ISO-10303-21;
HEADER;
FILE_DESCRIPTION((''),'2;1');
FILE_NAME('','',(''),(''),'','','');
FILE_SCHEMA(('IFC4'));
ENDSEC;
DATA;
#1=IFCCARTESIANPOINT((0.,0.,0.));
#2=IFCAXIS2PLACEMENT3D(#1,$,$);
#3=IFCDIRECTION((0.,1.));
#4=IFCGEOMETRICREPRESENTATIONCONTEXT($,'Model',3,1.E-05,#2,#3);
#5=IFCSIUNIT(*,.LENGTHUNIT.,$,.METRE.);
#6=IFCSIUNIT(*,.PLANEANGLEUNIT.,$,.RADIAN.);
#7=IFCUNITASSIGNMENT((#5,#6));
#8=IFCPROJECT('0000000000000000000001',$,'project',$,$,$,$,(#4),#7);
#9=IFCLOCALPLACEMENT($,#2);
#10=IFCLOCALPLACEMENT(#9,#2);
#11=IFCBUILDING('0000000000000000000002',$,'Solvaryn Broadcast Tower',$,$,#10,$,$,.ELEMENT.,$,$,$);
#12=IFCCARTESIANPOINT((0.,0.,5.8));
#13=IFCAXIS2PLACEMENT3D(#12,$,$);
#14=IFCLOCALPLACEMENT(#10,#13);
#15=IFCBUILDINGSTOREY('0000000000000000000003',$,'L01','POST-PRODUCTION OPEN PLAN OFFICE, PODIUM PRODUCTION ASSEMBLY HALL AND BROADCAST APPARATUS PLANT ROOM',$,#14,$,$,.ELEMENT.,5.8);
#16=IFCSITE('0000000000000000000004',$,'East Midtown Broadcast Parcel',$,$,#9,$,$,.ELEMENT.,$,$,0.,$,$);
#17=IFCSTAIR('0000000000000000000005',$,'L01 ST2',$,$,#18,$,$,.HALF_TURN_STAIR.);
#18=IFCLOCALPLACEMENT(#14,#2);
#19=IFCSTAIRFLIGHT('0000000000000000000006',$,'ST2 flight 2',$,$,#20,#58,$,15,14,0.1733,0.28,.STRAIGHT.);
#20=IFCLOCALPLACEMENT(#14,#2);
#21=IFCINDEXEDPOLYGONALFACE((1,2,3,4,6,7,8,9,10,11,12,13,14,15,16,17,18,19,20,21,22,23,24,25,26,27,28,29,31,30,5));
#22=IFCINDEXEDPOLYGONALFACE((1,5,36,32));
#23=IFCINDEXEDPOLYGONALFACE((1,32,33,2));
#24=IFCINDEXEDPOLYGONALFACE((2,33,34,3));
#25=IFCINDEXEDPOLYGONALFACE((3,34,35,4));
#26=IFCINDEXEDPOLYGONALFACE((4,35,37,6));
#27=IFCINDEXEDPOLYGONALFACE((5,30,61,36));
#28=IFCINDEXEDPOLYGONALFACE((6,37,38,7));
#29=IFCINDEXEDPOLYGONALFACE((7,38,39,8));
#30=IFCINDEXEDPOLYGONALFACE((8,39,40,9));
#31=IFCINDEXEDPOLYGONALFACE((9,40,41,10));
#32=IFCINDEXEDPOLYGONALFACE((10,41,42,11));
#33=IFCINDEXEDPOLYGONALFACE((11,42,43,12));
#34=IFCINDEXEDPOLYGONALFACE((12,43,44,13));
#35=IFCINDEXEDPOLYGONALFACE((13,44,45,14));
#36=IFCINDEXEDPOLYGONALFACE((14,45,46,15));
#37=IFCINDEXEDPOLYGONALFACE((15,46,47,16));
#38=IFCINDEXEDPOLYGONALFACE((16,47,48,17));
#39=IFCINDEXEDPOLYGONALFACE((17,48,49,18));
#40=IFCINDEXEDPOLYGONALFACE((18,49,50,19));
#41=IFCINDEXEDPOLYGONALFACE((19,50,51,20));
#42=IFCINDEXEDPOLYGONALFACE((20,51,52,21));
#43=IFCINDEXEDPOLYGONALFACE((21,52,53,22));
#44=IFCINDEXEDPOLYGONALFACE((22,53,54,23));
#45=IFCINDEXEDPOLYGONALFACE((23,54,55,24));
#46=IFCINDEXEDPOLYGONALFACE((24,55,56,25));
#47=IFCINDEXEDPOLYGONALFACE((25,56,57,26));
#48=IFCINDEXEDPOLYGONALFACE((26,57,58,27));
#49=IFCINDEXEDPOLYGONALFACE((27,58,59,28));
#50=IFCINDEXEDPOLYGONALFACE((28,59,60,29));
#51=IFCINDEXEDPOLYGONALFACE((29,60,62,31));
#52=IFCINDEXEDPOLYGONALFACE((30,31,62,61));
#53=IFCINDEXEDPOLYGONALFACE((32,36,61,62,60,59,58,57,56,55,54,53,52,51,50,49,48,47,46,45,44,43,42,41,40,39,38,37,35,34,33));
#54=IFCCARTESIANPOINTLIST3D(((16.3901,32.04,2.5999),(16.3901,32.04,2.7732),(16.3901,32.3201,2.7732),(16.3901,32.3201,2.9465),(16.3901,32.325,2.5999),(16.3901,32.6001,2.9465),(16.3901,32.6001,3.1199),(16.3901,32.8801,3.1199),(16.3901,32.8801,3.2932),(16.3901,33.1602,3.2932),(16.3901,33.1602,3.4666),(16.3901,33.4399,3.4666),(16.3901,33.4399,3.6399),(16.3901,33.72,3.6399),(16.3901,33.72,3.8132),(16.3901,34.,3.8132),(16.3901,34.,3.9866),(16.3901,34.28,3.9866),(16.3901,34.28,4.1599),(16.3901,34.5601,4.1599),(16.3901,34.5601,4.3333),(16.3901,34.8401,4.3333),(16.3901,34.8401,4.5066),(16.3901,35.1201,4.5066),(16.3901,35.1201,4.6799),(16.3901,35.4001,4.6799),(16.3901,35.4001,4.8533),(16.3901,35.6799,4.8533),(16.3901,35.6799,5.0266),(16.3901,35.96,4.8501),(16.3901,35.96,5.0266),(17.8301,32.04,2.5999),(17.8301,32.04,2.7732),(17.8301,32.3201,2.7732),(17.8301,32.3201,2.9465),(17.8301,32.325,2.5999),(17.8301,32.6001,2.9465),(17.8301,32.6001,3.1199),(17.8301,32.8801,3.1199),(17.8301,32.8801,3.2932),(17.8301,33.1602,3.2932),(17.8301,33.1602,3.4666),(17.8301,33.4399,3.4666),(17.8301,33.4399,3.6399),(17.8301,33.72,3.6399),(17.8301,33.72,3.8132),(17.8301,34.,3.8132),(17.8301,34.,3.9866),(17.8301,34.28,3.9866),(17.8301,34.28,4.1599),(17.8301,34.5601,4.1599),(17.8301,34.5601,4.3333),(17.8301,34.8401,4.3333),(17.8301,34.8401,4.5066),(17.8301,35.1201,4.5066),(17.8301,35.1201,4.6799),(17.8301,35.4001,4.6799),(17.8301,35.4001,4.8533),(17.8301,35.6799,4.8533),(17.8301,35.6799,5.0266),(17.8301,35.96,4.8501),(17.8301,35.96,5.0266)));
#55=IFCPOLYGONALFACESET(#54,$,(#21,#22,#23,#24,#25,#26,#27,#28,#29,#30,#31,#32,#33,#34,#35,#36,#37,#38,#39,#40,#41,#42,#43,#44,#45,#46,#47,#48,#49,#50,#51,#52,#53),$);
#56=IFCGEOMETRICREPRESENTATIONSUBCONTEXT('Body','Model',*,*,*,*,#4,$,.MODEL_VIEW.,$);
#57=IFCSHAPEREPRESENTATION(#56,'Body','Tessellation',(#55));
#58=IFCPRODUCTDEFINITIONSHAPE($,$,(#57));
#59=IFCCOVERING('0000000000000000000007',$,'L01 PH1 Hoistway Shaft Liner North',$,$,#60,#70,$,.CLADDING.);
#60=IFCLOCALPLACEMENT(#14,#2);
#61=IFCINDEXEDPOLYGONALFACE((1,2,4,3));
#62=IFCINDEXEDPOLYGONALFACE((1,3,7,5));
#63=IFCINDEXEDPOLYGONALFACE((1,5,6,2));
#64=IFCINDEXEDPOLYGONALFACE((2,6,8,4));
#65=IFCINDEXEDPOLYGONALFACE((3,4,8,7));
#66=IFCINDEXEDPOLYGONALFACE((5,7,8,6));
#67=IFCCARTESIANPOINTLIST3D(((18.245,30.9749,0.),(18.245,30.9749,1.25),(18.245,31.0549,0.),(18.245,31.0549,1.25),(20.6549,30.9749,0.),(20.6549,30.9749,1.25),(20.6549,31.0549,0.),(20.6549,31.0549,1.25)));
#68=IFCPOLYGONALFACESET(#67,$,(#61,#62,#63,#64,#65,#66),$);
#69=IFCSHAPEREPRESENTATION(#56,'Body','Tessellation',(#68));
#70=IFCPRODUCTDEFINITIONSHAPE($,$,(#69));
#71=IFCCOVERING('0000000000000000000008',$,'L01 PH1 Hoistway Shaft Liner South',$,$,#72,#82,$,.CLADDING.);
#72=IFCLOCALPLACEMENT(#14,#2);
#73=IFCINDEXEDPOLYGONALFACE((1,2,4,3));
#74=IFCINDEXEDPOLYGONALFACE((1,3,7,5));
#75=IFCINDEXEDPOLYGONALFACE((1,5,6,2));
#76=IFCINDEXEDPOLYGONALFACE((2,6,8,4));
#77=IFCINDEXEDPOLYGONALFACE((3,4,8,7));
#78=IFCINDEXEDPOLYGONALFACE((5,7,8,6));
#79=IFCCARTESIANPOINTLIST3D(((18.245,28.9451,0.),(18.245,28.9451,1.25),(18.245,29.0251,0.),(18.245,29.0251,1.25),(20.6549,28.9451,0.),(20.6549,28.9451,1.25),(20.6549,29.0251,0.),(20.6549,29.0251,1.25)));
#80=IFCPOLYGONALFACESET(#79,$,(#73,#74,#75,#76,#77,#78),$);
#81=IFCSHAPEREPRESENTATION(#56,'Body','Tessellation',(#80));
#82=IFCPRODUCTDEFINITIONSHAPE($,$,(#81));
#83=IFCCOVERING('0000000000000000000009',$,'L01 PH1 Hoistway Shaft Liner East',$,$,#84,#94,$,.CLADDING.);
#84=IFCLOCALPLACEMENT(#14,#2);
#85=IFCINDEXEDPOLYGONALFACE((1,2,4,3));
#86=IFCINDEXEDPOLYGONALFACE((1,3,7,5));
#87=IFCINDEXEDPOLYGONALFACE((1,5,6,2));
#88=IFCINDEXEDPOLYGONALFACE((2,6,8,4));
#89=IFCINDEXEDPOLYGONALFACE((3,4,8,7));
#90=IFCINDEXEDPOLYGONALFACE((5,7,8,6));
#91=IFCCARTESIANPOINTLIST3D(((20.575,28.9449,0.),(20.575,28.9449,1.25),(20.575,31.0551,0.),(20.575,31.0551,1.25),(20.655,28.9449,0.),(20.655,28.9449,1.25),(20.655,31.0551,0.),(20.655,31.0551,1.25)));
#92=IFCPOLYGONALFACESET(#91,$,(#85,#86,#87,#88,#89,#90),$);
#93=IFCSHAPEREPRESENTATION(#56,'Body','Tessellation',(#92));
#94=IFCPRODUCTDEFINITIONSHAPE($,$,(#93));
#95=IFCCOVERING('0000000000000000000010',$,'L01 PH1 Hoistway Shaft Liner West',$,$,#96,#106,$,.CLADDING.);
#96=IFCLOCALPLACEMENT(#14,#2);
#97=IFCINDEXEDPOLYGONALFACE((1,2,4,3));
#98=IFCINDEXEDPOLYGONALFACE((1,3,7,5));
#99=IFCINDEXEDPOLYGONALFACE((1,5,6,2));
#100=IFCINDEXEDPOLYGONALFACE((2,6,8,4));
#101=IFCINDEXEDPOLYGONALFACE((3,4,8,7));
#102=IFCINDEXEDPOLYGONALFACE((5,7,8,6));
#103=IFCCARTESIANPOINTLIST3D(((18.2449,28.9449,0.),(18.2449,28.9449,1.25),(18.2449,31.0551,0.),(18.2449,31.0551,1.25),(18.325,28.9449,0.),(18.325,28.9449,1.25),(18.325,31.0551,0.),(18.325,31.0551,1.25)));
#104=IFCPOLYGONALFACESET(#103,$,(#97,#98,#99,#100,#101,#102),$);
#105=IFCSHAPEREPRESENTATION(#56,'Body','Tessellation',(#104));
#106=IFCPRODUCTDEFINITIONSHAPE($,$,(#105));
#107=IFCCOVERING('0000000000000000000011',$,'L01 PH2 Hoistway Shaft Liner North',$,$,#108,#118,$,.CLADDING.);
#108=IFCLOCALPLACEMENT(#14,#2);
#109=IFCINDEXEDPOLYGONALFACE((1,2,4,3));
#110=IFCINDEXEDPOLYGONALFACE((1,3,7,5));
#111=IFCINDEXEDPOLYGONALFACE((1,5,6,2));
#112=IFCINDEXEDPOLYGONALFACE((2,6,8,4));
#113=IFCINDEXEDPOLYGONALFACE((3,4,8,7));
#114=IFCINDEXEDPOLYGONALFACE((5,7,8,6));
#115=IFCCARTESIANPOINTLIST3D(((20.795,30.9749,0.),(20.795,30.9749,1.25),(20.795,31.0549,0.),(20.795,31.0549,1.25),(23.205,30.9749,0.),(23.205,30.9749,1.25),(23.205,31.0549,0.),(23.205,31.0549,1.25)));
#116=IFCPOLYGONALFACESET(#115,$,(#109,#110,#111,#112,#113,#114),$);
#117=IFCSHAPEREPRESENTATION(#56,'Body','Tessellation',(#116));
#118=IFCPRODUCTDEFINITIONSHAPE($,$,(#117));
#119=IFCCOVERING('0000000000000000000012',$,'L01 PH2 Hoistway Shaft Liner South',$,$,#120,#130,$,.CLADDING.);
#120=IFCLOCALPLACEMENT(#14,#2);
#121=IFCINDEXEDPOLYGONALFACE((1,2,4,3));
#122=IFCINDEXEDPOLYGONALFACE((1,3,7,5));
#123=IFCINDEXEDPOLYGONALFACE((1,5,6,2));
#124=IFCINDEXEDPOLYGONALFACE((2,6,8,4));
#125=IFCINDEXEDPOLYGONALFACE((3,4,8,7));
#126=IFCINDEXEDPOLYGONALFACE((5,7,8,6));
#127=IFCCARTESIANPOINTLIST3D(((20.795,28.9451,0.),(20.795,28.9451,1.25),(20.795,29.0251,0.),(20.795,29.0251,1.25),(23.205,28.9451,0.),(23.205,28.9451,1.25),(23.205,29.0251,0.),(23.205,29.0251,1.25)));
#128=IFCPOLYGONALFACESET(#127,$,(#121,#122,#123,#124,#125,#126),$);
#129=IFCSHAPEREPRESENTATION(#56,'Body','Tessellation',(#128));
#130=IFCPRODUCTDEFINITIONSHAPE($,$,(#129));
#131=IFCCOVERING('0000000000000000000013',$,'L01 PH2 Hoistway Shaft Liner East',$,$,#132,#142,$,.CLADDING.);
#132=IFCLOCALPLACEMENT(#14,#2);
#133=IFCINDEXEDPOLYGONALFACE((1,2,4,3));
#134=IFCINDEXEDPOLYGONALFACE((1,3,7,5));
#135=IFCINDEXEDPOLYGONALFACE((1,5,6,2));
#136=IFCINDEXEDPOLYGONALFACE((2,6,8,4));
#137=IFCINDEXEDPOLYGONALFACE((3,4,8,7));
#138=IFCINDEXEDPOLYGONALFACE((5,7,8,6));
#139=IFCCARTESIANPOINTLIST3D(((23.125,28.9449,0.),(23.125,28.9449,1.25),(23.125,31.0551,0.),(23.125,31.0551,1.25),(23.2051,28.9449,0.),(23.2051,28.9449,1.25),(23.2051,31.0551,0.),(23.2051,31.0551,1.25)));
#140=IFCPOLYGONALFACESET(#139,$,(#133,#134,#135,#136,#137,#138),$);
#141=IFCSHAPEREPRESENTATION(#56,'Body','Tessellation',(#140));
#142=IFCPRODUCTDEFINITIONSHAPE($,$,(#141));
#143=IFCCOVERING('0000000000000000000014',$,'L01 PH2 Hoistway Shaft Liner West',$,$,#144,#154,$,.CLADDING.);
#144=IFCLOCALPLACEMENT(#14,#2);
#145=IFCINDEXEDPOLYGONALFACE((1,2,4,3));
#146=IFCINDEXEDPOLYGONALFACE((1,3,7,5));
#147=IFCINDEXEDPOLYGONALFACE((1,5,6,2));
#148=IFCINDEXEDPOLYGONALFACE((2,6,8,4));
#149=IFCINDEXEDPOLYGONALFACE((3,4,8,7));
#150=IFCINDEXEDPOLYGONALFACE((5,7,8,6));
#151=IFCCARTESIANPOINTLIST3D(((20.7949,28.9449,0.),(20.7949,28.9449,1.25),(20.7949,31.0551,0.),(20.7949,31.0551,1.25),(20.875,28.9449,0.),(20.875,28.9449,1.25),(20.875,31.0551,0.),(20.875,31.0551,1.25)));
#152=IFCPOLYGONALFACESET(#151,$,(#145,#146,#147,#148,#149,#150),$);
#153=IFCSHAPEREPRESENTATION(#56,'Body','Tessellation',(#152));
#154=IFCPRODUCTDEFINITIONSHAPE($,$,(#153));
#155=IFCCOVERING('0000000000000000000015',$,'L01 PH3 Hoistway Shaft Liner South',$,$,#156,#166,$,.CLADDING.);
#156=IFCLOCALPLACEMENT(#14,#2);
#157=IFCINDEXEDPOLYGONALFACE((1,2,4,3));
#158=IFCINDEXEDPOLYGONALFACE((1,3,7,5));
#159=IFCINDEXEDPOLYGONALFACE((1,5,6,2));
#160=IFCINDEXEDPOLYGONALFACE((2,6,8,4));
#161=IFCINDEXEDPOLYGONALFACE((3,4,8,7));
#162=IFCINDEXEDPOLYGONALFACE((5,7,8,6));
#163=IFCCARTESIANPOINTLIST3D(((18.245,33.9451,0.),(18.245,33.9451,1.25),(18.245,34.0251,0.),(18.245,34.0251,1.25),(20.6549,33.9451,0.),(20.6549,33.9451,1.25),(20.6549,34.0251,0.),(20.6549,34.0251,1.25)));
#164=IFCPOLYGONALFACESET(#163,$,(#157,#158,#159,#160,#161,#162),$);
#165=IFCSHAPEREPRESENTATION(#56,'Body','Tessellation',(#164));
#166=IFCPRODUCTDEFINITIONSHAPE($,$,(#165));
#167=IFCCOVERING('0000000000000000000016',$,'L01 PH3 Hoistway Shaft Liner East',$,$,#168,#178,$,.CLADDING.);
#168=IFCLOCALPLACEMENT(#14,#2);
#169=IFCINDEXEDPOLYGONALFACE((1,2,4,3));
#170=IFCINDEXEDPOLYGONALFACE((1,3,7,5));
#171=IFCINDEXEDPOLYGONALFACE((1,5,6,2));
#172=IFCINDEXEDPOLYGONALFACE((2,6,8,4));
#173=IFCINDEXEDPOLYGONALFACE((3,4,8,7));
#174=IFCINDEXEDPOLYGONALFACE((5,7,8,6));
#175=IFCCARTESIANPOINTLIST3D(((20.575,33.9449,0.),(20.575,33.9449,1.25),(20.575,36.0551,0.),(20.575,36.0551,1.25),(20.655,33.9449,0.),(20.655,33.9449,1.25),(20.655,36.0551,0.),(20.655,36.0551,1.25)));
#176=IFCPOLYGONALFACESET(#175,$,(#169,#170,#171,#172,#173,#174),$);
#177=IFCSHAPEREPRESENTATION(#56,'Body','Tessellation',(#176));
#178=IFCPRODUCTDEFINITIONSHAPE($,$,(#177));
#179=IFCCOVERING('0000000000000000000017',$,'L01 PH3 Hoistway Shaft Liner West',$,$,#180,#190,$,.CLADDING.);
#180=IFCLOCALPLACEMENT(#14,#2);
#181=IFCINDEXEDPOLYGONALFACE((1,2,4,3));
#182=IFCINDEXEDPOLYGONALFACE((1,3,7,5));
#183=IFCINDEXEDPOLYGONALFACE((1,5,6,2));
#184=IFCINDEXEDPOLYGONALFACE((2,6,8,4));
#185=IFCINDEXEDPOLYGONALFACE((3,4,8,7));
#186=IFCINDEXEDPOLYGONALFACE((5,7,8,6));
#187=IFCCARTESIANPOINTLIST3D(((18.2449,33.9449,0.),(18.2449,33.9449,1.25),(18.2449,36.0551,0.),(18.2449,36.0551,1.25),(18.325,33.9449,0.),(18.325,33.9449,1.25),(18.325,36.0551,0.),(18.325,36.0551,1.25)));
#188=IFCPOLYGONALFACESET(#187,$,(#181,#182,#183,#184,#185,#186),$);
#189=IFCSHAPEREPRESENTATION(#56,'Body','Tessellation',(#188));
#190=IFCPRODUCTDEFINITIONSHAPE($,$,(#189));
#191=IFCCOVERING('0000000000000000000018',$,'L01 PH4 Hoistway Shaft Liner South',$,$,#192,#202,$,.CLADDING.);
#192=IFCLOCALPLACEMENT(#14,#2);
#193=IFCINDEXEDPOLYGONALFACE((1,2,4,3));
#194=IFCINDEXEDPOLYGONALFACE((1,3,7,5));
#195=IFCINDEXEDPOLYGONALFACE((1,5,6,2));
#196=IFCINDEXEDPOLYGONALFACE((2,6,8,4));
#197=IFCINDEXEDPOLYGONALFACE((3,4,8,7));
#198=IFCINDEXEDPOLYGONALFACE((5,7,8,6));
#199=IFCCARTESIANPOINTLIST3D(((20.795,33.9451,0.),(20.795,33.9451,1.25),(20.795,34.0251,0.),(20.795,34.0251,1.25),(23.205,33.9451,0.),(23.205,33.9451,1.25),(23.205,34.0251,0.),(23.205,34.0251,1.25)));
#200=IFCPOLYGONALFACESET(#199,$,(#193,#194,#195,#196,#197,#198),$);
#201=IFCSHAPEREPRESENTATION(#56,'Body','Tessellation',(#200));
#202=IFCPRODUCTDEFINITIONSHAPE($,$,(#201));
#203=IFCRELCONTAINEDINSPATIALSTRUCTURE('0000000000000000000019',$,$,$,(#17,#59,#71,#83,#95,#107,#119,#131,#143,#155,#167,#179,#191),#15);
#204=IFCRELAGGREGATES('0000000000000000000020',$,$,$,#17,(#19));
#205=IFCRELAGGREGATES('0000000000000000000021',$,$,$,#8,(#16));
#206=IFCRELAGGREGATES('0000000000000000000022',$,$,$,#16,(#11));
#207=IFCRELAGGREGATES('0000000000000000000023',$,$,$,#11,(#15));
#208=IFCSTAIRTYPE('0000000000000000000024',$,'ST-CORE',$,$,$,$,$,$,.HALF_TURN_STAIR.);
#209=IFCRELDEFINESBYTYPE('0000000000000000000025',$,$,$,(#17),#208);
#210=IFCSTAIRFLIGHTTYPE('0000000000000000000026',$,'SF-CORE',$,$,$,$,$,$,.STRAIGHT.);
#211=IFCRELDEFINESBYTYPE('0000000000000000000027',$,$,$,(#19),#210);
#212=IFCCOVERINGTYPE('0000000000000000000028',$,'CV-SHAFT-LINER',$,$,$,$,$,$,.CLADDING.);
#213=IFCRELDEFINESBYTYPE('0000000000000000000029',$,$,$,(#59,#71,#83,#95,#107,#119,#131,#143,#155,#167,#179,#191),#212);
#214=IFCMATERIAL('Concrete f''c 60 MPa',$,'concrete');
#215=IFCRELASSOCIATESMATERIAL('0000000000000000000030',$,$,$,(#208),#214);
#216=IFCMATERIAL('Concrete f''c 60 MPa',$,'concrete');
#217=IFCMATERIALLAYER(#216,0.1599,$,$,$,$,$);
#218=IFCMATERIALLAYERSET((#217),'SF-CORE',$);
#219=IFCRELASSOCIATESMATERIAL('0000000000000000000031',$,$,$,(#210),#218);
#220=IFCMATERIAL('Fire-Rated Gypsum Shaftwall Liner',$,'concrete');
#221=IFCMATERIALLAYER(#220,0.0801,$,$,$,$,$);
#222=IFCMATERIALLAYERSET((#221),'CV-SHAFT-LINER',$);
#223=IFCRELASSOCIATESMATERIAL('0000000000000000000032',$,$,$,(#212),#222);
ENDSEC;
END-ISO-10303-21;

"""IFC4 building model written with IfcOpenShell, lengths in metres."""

from ifc_helpers import new_model, si_unit, direction, frame, origin, origin_2d, place, context, subcontext, project, spatial, polyline, rectangle, outline, extrude, material, layer, layer_set, type_object, element, aggregate, save


model = new_model("IFC4")

# Units and contexts
model_context = context("Model", 3, precision=1e-05, world=origin(), true_north=direction((0.0, 1.0)))
body_context = subcontext(model_context, "Body", "Model", "MODEL_VIEW")
ifc_project = project(units=[si_unit("LENGTHUNIT", "METRE"), si_unit("PLANEANGLEUNIT", "RADIAN")], contexts=[model_context])

# Site, building, storey
site_placement = place(None, origin())
site = spatial("IfcSite", under=ifc_project, at=site_placement, Name="East Midtown Broadcast Parcel", CompositionType="ELEMENT", RefElevation=0.0)
building_placement = place(site_placement, origin())
building = spatial("IfcBuilding", under=site, at=building_placement, Name="Solvaryn Broadcast Tower", CompositionType="ELEMENT")
storey_placement = place(building_placement, frame((0.0, 0.0, 5.8)))
storey = spatial("IfcBuildingStorey", under=building, at=storey_placement, Name="L01", Description="POST-PRODUCTION OPEN PLAN OFFICE, PODIUM PRODUCTION ASSEMBLY HALL AND BROADCAST APPARATUS PLANT ROOM", CompositionType="ELEMENT", Elevation=5.8)

# Stair, stair flight
ifc_material_1 = material(Name="Concrete f'c 60 MPa", Category="concrete")
stair_type = type_object("IfcStairType", Name="ST-CORE", PredefinedType="HALF_TURN_STAIR", material=ifc_material_1)
stair_placement = place(storey_placement, origin())
stair = element("IfcStair", 1, at=stair_placement, inside=storey, type_object=stair_type, Name="L01 ST2", PredefinedType="HALF_TURN_STAIR")
ifc_material_2 = material(Name="Concrete f'c 60 MPa", Category="concrete")
ifc_layer_1 = layer(ifc_material_2, 0.1599)
ifc_layer_set_1 = layer_set([ifc_layer_1], Name="SF-CORE")
stair_flight_type = type_object("IfcStairFlightType", Name="SF-CORE", PredefinedType="STRAIGHT", material=ifc_layer_set_1)
stair_flight_1_placement = place(storey_placement, frame((17.1101, 32.04, 2.5999), z_axis=(0.0, 0.0, 1.0), x_axis=(0.0, 1.0, 0.0)))
stair_flight_1 = element("IfcStairFlight", 2, at=stair_flight_1_placement, type_object=stair_flight_type, Name="ST2 flight 2", NumberOfRisers=15, NumberOfTreads=14, PredefinedType="STRAIGHT", RiserHeight=0.1733, TreadLength=0.28, context=body_context, shape_type="SweptSolid", body=[
    extrude(outline(polyline([(0.0, 0.0), (0.0, 0.1733), (0.28, 0.1733), (0.28, 0.3467), (0.5601, 0.3467), (0.5601, 0.52), (0.8401, 0.52), (0.8401, 0.6934), (1.1201, 0.6934), (1.1201, 0.8667), (1.3999, 0.8667), (1.3999, 1.04), (1.6799, 1.04), (1.6799, 1.2134), (1.96, 1.2134), (1.96, 1.3867), (2.24, 1.3867), (2.24, 1.5601), (2.52, 1.5601), (2.52, 1.7334), (2.8, 1.7334), (2.8, 1.9067), (3.0801, 1.9067), (3.0801, 2.0801), (3.3601, 2.0801), (3.3601, 2.2534), (3.6399, 2.2534), (3.6399, 2.4268), (3.9199, 2.4268), (3.9199, 2.6001), (3.9199, 2.2502), (0.2849, 0.0), (0.0, 0.0)])), frame((0.0, 0.72, 0.0), z_axis=(0.0, -1.0, 0.0), x_axis=(1.0, 0.0, 0.0)), (0.0, 0.0, 1.0), 1.4399),
])
aggregate(stair, [stair_flight_1])

# Coverings
ifc_material_3 = material(Name="Fire-Rated Gypsum Shaftwall Liner", Category="concrete")
ifc_layer_2 = layer(ifc_material_3, 0.0801)
ifc_layer_set_2 = layer_set([ifc_layer_2], Name="CV-SHAFT-LINER")
covering_type = type_object("IfcCoveringType", Name="CV-SHAFT-LINER", PredefinedType="CLADDING", material=ifc_layer_set_2)
for number, where, z_axis, x_axis, name in (
    (3, (19.45, 31.0149, 0.0), (0.0, 0.0, 1.0), (1.0, 0.0, 0.0), "L01 PH1 Hoistway Shaft Liner North"),
    (4, (19.45, 28.9851, 0.0), (0.0, 0.0, 1.0), (1.0, 0.0, 0.0), "L01 PH1 Hoistway Shaft Liner South"),
):
    element("IfcCovering", number, at=place(storey_placement, frame(where, z_axis=z_axis, x_axis=x_axis)), inside=storey, type_object=covering_type, Name=name, PredefinedType="CLADDING", context=body_context, shape_type="SweptSolid", body=[
        extrude(rectangle(XDim=2.4099, YDim=0.0801, at=origin_2d()), origin(), (0.0, 0.0, 1.0), 1.25),
    ])
for number, where, z_axis, x_axis, name in (
    (5, (20.615, 30.0, 0.0), (0.0, 0.0, 1.0), (1.0, 0.0, 0.0), "L01 PH1 Hoistway Shaft Liner East"),
    (6, (18.2849, 30.0, 0.0), (0.0, 0.0, 1.0), (1.0, 0.0, 0.0), "L01 PH1 Hoistway Shaft Liner West"),
):
    element("IfcCovering", number, at=place(storey_placement, frame(where, z_axis=z_axis, x_axis=x_axis)), inside=storey, type_object=covering_type, Name=name, PredefinedType="CLADDING", context=body_context, shape_type="SweptSolid", body=[
        extrude(rectangle(XDim=0.0801, YDim=2.1101, at=origin_2d()), origin(), (0.0, 0.0, 1.0), 1.25),
    ])
for number, where, z_axis, x_axis, name in (
    (7, (22.0, 31.0149, 0.0), (0.0, 0.0, 1.0), (1.0, 0.0, 0.0), "L01 PH2 Hoistway Shaft Liner North"),
    (8, (22.0, 28.9851, 0.0), (0.0, 0.0, 1.0), (1.0, 0.0, 0.0), "L01 PH2 Hoistway Shaft Liner South"),
):
    element("IfcCovering", number, at=place(storey_placement, frame(where, z_axis=z_axis, x_axis=x_axis)), inside=storey, type_object=covering_type, Name=name, PredefinedType="CLADDING", context=body_context, shape_type="SweptSolid", body=[
        extrude(rectangle(XDim=2.4099, YDim=0.0801, at=origin_2d()), origin(), (0.0, 0.0, 1.0), 1.25),
    ])
for number, where, z_axis, x_axis, name in (
    (9, (23.165, 30.0, 0.0), (0.0, 0.0, 1.0), (1.0, 0.0, 0.0), "L01 PH2 Hoistway Shaft Liner East"),
    (10, (20.835, 30.0, 0.0), (0.0, 0.0, 1.0), (1.0, 0.0, 0.0), "L01 PH2 Hoistway Shaft Liner West"),
):
    element("IfcCovering", number, at=place(storey_placement, frame(where, z_axis=z_axis, x_axis=x_axis)), inside=storey, type_object=covering_type, Name=name, PredefinedType="CLADDING", context=body_context, shape_type="SweptSolid", body=[
        extrude(rectangle(XDim=0.0801, YDim=2.1101, at=origin_2d()), origin(), (0.0, 0.0, 1.0), 1.25),
    ])
covering_1_placement = place(storey_placement, frame((19.45, 33.9851, 0.0), z_axis=(0.0, 0.0, 1.0), x_axis=(1.0, 0.0, 0.0)))
element("IfcCovering", 11, at=covering_1_placement, inside=storey, type_object=covering_type, Name="L01 PH3 Hoistway Shaft Liner South", PredefinedType="CLADDING", context=body_context, shape_type="SweptSolid", body=[
    extrude(rectangle(XDim=2.4099, YDim=0.0801, at=origin_2d()), origin(), (0.0, 0.0, 1.0), 1.25),
])
for number, where, z_axis, x_axis, name in (
    (12, (20.615, 35.0, 0.0), (0.0, 0.0, 1.0), (1.0, 0.0, 0.0), "L01 PH3 Hoistway Shaft Liner East"),
    (13, (18.2849, 35.0, 0.0), (0.0, 0.0, 1.0), (1.0, 0.0, 0.0), "L01 PH3 Hoistway Shaft Liner West"),
):
    element("IfcCovering", number, at=place(storey_placement, frame(where, z_axis=z_axis, x_axis=x_axis)), inside=storey, type_object=covering_type, Name=name, PredefinedType="CLADDING", context=body_context, shape_type="SweptSolid", body=[
        extrude(rectangle(XDim=0.0801, YDim=2.1101, at=origin_2d()), origin(), (0.0, 0.0, 1.0), 1.25),
    ])
covering_2_placement = place(storey_placement, frame((22.0, 33.9851, 0.0), z_axis=(0.0, 0.0, 1.0), x_axis=(1.0, 0.0, 0.0)))
element("IfcCovering", 14, at=covering_2_placement, inside=storey, type_object=covering_type, Name="L01 PH4 Hoistway Shaft Liner South", PredefinedType="CLADDING", context=body_context, shape_type="SweptSolid", body=[
    extrude(rectangle(XDim=2.4099, YDim=0.0801, at=origin_2d()), origin(), (0.0, 0.0, 1.0), 1.25),
])

save(model, "model.ifc")
